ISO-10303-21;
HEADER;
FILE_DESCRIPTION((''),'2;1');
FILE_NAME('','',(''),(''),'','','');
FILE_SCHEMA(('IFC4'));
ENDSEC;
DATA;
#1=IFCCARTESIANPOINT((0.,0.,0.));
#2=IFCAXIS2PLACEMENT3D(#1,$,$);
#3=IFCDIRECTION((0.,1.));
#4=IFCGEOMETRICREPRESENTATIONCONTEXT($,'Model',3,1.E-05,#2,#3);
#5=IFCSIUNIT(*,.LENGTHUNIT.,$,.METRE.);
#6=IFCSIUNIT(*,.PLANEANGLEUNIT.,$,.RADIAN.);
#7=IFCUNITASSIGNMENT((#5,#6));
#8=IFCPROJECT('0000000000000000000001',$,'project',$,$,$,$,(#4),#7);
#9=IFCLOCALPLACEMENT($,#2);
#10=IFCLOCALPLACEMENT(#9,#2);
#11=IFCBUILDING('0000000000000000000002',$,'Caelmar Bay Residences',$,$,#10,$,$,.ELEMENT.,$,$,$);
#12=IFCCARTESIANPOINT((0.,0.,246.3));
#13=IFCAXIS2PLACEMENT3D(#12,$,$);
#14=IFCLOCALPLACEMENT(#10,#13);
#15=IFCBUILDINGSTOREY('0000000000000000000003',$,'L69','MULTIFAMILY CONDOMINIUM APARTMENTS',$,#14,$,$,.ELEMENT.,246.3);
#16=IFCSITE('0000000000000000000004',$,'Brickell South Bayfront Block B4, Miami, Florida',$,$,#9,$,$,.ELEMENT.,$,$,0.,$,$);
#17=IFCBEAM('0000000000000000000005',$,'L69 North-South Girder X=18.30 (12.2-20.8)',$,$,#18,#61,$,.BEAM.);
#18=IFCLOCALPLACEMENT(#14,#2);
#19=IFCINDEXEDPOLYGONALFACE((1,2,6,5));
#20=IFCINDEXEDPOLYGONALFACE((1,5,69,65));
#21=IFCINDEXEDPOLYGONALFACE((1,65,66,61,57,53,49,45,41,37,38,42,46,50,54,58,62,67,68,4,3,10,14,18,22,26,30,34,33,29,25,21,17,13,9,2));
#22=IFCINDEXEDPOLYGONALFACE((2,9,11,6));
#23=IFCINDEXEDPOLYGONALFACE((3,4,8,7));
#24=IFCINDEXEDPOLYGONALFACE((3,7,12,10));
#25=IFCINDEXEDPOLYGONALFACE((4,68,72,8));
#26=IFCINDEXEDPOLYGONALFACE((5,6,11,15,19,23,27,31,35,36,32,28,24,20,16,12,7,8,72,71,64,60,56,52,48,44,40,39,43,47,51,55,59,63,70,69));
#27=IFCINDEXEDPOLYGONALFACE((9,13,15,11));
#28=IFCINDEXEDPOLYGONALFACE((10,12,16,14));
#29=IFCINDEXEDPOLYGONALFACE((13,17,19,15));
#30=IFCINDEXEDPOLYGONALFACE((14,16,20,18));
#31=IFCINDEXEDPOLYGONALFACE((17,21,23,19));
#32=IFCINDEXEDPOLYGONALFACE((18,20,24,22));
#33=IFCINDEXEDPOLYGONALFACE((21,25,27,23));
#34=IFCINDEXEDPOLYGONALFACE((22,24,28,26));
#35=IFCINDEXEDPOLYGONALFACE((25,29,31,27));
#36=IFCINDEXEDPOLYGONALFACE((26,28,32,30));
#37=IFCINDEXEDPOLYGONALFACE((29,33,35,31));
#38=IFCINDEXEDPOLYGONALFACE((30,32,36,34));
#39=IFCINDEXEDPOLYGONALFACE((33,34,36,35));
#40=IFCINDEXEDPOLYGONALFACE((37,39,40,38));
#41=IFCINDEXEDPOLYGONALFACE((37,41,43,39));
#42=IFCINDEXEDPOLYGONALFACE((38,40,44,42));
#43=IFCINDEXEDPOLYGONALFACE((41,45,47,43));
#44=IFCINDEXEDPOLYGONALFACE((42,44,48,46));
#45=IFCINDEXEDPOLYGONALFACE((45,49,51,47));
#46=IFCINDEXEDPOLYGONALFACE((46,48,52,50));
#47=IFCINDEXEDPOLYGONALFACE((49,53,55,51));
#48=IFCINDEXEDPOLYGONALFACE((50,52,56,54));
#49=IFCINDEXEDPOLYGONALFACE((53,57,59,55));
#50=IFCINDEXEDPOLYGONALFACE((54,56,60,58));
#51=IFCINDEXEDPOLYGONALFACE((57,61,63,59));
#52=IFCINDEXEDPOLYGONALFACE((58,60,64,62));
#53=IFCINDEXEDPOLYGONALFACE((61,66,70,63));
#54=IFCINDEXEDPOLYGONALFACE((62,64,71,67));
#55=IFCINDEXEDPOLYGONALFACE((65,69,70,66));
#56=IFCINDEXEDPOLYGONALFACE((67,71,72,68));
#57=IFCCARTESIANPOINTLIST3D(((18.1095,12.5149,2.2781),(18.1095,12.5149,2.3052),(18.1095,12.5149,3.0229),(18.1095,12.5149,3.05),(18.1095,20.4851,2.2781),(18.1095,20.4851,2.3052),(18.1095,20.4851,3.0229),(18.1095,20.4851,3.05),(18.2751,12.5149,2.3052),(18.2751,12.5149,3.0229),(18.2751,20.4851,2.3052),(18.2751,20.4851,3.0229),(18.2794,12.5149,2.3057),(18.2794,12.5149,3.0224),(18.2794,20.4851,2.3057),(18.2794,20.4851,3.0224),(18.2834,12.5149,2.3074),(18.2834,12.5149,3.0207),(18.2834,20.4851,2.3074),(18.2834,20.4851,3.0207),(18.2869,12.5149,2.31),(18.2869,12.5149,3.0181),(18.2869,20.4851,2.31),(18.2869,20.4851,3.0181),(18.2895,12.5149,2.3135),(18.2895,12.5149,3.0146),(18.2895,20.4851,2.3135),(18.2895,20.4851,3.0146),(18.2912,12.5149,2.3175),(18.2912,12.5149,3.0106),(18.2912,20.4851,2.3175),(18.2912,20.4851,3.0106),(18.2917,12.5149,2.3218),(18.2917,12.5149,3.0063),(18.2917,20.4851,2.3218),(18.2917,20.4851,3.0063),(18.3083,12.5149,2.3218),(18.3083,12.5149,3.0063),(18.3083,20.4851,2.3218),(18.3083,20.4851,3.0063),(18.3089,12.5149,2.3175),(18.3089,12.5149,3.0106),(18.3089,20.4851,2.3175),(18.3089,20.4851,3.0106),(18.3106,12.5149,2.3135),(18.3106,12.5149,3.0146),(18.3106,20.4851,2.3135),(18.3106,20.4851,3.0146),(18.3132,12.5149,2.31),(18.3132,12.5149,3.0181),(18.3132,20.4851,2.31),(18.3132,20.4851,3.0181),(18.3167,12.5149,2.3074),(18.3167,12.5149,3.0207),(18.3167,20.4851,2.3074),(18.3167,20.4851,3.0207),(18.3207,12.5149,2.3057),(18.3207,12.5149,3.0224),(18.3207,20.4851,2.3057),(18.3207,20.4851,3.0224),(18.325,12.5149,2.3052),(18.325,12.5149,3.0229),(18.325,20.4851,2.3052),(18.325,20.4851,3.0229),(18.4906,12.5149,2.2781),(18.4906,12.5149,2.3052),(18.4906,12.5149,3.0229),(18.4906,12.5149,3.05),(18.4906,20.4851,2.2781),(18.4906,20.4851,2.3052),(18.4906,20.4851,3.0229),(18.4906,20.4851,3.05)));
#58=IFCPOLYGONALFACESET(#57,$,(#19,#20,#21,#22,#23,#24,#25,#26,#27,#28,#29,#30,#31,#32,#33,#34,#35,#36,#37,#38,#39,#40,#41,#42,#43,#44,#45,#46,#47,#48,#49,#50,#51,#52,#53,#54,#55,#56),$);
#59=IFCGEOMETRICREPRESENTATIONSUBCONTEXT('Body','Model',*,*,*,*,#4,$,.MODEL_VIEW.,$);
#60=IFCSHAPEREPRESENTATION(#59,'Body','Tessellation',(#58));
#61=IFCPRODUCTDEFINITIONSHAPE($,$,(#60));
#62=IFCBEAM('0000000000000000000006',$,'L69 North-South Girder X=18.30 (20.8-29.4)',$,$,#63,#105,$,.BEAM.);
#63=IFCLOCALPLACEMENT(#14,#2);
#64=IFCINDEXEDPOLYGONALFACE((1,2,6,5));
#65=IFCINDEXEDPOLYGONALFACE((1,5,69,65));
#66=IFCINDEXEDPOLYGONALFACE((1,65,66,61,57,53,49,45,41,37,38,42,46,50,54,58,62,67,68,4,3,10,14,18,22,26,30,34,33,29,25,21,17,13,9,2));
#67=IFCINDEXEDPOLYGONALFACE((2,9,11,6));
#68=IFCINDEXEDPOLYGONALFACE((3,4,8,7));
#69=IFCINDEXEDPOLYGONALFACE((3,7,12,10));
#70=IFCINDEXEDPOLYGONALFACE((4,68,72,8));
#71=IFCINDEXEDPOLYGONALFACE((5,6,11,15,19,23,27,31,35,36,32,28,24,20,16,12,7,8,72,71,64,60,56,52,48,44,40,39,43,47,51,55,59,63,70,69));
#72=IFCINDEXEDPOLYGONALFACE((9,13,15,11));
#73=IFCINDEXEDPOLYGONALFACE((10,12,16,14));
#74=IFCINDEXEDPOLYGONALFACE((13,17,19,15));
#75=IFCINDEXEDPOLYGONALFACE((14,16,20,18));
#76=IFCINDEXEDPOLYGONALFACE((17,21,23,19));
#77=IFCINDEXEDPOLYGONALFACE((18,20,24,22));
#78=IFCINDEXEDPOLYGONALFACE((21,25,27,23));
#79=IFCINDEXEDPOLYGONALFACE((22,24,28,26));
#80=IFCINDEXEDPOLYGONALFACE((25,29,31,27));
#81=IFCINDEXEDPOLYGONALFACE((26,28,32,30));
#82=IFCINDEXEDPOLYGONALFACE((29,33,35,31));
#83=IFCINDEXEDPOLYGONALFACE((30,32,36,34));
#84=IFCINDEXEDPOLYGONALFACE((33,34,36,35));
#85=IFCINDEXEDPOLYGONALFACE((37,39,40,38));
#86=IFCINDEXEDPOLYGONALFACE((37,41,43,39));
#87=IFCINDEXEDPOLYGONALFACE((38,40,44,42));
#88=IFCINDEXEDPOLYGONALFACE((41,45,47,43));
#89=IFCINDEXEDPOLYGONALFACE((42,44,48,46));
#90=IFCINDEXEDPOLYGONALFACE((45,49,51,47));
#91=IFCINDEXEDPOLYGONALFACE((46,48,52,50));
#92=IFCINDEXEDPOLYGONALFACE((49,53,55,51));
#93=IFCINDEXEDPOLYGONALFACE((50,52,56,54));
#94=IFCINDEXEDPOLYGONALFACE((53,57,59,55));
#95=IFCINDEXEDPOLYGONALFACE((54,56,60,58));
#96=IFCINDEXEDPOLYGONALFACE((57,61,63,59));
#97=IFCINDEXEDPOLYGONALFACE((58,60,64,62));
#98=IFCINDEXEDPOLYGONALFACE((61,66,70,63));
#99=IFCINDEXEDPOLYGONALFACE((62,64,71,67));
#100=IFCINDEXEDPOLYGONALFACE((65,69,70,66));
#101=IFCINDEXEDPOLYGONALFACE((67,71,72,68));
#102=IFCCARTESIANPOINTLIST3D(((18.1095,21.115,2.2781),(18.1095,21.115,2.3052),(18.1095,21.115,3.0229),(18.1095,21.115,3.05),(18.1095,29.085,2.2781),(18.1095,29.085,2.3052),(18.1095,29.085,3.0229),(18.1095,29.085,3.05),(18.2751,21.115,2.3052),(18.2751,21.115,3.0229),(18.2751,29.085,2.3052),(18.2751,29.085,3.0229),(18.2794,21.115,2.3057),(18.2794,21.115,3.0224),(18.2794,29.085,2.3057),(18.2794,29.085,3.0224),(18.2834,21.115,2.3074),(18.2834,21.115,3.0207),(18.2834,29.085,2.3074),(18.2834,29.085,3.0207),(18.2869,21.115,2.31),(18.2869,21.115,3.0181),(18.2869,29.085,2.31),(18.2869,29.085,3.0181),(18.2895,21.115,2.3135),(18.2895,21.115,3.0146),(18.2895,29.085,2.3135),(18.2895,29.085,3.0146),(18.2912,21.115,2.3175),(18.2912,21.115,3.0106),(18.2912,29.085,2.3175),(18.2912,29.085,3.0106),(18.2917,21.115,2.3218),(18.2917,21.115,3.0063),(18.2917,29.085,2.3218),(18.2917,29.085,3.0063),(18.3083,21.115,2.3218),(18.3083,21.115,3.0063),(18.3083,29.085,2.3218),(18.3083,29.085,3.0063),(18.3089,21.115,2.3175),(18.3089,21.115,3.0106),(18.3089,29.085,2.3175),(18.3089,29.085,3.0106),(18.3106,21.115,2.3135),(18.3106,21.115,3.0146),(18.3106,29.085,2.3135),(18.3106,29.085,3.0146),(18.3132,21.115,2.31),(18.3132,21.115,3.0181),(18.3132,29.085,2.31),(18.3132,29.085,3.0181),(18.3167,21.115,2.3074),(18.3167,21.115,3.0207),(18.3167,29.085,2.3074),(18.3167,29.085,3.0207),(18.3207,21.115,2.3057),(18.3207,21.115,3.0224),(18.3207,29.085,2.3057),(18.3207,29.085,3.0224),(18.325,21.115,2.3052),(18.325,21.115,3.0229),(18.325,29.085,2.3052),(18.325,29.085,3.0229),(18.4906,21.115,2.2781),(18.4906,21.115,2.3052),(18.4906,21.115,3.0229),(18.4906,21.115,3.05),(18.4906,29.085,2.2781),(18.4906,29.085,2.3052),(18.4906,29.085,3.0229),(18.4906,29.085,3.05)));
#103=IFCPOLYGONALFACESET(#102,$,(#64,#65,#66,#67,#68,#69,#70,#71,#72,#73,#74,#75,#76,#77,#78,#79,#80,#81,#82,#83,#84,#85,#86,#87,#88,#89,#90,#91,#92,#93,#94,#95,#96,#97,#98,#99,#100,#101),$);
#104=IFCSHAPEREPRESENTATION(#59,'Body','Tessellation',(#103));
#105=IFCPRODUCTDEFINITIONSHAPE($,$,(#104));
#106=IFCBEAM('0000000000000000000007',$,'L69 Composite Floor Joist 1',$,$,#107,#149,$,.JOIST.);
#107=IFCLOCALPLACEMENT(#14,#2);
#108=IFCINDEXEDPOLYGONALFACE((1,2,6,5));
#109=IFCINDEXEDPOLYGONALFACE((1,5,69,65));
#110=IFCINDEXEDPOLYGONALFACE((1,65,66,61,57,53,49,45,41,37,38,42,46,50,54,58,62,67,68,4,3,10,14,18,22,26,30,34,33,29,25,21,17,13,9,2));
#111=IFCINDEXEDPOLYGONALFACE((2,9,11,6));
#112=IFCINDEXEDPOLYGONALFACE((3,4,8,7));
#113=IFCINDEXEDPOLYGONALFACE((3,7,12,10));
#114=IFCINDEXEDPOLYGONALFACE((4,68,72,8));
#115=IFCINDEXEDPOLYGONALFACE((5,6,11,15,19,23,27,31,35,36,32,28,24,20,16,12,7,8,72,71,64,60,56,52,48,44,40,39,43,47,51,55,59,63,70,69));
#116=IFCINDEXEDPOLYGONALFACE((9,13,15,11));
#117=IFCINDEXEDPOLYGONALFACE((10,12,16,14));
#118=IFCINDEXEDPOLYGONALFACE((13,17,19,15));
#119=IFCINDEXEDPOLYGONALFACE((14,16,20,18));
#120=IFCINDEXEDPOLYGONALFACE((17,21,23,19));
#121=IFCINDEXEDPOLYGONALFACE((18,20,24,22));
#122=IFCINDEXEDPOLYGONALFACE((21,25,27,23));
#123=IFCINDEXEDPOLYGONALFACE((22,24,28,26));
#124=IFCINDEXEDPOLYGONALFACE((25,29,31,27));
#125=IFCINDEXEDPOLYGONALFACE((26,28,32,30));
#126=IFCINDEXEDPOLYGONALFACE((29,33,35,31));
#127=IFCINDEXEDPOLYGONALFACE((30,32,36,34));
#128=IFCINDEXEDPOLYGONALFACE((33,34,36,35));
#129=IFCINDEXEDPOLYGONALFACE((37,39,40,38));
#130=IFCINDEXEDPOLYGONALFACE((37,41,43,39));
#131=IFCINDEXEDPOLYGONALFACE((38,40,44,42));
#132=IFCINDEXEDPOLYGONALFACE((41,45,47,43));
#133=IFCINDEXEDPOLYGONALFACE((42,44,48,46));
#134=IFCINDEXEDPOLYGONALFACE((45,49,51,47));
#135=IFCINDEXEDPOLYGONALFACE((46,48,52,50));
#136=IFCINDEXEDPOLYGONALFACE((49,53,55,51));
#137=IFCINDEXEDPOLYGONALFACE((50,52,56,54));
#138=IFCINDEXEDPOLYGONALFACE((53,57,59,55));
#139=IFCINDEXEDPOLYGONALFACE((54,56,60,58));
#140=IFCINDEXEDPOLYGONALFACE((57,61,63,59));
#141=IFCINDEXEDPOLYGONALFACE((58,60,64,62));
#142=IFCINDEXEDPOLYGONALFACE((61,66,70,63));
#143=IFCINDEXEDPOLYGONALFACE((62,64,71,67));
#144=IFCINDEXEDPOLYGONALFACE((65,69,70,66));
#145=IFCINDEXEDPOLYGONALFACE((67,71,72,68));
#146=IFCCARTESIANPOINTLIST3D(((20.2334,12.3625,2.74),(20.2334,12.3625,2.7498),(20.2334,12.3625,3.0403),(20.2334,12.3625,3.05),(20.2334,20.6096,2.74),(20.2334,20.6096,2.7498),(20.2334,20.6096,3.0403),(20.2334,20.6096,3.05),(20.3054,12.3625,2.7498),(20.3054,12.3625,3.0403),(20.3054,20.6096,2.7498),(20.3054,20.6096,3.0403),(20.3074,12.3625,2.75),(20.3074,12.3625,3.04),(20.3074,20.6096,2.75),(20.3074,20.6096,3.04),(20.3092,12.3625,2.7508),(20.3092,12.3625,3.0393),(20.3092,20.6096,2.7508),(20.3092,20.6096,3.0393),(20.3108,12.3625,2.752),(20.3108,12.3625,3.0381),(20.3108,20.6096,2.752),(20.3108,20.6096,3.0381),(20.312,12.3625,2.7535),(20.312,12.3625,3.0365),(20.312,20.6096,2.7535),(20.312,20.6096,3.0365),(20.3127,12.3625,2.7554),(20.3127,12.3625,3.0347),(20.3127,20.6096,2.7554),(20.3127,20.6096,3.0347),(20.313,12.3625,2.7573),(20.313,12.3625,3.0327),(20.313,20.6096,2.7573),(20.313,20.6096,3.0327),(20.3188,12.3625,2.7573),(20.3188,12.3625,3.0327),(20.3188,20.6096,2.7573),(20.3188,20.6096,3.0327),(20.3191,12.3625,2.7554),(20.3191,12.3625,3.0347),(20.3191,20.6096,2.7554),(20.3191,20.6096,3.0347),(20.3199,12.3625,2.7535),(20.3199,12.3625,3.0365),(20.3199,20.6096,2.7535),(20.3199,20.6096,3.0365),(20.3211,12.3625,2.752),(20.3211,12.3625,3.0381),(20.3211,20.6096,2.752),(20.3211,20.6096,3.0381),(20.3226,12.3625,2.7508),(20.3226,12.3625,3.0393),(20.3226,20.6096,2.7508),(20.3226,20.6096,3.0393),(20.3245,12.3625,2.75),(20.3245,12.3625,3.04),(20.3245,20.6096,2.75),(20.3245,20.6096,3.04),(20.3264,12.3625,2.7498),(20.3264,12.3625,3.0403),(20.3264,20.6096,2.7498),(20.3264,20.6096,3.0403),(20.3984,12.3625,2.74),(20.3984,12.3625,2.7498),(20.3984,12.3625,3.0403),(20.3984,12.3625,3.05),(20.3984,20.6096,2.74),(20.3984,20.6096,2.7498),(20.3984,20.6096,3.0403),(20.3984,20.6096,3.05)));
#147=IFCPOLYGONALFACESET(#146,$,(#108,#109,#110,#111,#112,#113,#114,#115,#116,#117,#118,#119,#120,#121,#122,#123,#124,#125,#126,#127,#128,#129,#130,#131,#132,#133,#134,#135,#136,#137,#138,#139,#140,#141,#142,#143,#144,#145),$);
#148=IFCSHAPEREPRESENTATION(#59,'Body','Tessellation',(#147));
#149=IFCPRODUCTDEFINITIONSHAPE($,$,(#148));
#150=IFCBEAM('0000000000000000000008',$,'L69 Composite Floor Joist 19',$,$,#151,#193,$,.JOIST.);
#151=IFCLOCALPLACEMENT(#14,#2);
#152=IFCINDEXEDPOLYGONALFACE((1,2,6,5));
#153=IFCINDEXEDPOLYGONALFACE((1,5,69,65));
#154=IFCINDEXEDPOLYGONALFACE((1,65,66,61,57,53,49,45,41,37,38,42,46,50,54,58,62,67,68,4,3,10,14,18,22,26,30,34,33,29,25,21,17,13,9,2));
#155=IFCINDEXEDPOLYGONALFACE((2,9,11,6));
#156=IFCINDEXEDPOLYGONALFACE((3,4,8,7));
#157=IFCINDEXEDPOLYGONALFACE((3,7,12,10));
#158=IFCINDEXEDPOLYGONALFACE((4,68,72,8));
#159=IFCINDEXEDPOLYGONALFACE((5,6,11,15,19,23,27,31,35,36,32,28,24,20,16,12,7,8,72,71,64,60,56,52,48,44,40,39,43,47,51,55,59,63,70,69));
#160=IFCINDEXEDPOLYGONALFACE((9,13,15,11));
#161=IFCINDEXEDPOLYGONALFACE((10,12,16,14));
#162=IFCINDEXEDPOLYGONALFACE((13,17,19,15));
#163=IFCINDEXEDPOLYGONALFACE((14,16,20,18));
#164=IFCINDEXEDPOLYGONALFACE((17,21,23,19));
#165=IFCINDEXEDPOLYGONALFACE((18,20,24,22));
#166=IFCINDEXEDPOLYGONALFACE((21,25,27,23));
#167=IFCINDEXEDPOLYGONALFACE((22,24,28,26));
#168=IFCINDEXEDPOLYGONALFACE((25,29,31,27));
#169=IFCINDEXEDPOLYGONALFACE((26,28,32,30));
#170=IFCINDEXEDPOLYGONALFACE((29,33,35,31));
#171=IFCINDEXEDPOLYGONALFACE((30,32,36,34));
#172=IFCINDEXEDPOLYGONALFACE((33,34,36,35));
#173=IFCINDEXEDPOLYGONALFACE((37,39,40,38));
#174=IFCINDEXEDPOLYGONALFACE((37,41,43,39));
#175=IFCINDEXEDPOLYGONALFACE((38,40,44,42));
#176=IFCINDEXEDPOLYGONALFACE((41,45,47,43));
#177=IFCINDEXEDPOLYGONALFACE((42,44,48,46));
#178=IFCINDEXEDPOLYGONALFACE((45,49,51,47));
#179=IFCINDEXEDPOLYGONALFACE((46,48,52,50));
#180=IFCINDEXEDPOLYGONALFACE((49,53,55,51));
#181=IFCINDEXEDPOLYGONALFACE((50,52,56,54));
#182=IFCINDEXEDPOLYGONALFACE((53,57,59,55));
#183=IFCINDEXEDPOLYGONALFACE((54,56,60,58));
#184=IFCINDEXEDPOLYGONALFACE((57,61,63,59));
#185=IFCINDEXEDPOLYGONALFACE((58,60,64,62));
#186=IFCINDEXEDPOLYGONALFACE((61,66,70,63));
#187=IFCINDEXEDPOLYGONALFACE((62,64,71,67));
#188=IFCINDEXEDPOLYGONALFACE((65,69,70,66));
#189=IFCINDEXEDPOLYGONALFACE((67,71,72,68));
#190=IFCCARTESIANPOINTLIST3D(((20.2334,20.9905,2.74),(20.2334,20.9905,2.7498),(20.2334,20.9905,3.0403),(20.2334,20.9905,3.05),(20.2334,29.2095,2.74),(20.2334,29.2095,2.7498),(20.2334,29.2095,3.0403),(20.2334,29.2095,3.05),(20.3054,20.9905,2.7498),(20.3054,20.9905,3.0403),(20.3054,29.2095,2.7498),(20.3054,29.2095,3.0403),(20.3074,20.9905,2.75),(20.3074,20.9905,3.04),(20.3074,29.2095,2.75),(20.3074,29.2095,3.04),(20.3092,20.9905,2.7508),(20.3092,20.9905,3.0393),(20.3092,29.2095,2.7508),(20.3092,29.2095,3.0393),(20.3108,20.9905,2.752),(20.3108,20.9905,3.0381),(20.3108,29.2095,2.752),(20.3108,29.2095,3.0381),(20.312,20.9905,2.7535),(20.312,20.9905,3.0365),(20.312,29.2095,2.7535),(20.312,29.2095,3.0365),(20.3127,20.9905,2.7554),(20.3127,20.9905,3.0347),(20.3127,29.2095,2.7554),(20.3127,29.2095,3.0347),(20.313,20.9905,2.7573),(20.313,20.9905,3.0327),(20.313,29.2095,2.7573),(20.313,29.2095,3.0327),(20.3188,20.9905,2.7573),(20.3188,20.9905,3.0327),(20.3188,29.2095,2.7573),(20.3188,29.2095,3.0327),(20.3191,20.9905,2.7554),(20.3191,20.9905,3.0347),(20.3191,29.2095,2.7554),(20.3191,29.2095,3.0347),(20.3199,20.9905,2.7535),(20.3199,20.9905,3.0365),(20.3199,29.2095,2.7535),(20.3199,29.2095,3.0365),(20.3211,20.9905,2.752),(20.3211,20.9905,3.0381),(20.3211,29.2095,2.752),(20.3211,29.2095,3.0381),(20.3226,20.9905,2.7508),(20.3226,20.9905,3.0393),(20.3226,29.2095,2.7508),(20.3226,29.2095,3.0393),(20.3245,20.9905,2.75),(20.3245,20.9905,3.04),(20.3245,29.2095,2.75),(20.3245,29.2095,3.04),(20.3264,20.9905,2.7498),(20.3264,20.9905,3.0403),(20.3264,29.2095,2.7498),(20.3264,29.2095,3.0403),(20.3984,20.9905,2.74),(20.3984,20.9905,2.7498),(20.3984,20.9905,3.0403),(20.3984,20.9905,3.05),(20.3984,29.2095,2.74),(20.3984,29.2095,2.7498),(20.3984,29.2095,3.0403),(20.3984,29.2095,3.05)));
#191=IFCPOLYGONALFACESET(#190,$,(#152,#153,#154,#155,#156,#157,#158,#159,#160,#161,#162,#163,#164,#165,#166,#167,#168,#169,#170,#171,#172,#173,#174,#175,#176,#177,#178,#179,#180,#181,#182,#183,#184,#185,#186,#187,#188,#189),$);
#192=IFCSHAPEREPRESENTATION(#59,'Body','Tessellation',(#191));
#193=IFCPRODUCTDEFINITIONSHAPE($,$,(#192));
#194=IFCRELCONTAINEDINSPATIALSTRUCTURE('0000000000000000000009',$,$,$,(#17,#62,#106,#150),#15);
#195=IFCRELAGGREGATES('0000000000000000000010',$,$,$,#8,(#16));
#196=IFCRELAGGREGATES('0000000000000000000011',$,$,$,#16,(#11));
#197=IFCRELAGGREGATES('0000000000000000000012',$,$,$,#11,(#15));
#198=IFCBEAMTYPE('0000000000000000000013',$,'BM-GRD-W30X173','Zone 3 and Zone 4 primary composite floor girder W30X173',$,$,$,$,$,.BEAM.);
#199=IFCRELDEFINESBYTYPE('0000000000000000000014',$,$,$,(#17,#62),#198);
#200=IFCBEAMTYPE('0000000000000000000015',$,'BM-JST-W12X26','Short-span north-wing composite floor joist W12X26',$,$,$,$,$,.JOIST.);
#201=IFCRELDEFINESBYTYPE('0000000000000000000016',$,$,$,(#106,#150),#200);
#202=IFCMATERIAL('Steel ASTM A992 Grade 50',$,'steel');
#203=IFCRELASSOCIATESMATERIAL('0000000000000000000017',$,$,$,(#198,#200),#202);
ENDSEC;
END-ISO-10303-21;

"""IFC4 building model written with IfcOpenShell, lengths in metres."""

from ifc_helpers import new_model, si_unit, direction, frame, origin, origin_2d, place, context, subcontext, project, spatial, i_section, extrude, material, material_profile, profile_set, type_object, element, save


model = new_model("IFC4")

# Units and contexts
model_context = context("Model", 3, precision=1e-05, world=origin(), true_north=direction((0.0, 1.0)))
body_context = subcontext(model_context, "Body", "Model", "MODEL_VIEW")
ifc_project = project(units=[si_unit("LENGTHUNIT", "METRE"), si_unit("PLANEANGLEUNIT", "RADIAN")], contexts=[model_context])

# Site, building, storey
site_placement = place(None, origin())
site = spatial("IfcSite", under=ifc_project, at=site_placement, Name="Brickell South Bayfront Block B4, Miami, Florida", CompositionType="ELEMENT", RefElevation=0.0)
building_placement = place(site_placement, origin())
building = spatial("IfcBuilding", under=site, at=building_placement, Name="Caelmar Bay Residences", CompositionType="ELEMENT")
storey_placement = place(building_placement, frame((0.0, 0.0, 246.3)))
storey = spatial("IfcBuildingStorey", under=building, at=storey_placement, Name="L69", Description="MULTIFAMILY CONDOMINIUM APARTMENTS", CompositionType="ELEMENT", Elevation=246.3)

# Beams
ifc_material_1 = material(Name="Steel ASTM A992 Grade 50", Category="steel")
ifc_material_profile_1 = material_profile(ifc_material_1, i_section(OverallWidth=0.3811, OverallDepth=0.772, WebThickness=0.0166, FlangeThickness=0.0271, FilletRadius=0.0166, at=origin_2d()), Name="W30X173")
ifc_profile_set_1 = profile_set([ifc_material_profile_1], Name="Steel ASTM A992 Grade 50")
beam_type_1 = type_object("IfcBeamType", Name="BM-GRD-W30X173", Description="Zone 3 and Zone 4 primary composite floor girder W30X173", PredefinedType="BEAM", material=ifc_profile_set_1)
beam_1_placement = place(storey_placement, frame((18.3, 12.5149, 2.6641), z_axis=(0.0, 1.0, 0.0), x_axis=(-1.0, 0.0, 0.0)))
element("IfcBeam", 1, at=beam_1_placement, inside=storey, type_object=beam_type_1, Name="L69 North-South Girder X=18.30 (12.2-20.8)", PredefinedType="BEAM", context=body_context, shape_type="SweptSolid", body=[
    extrude(i_section(OverallWidth=0.3811, OverallDepth=0.772, WebThickness=0.0166, FlangeThickness=0.0271, FilletRadius=0.0166, at=origin_2d()), origin(), (0.0, 0.0, 1.0), 7.9702),
])
beam_2_placement = place(storey_placement, frame((18.3, 21.115, 2.6641), z_axis=(0.0, 1.0, 0.0), x_axis=(-1.0, 0.0, 0.0)))
element("IfcBeam", 2, at=beam_2_placement, inside=storey, type_object=beam_type_1, Name="L69 North-South Girder X=18.30 (20.8-29.4)", PredefinedType="BEAM", context=body_context, shape_type="SweptSolid", body=[
    extrude(i_section(OverallWidth=0.3811, OverallDepth=0.772, WebThickness=0.0166, FlangeThickness=0.0271, FilletRadius=0.0166, at=origin_2d()), origin(), (0.0, 0.0, 1.0), 7.97),
])
ifc_material_profile_2 = material_profile(ifc_material_1, i_section(OverallWidth=0.165, OverallDepth=0.3101, WebThickness=0.0059, FlangeThickness=0.0098, FilletRadius=0.0076, at=origin_2d()), Name="W12X26")
ifc_profile_set_2 = profile_set([ifc_material_profile_2], Name="Steel ASTM A992 Grade 50")
beam_type_2 = type_object("IfcBeamType", Name="BM-JST-W12X26", Description="Short-span north-wing composite floor joist W12X26", PredefinedType="JOIST", material=ifc_profile_set_2)
beam_3_placement = place(storey_placement, frame((20.3159, 12.3625, 2.895), z_axis=(0.0, 1.0, 0.0), x_axis=(-1.0, 0.0, 0.0)))
element("IfcBeam", 3, at=beam_3_placement, inside=storey, type_object=beam_type_2, Name="L69 Composite Floor Joist 1", PredefinedType="JOIST", context=body_context, shape_type="SweptSolid", body=[
    extrude(i_section(OverallWidth=0.165, OverallDepth=0.3101, WebThickness=0.0059, FlangeThickness=0.0098, FilletRadius=0.0076, at=origin_2d()), origin(), (0.0, 0.0, 1.0), 8.2471),
])
beam_4_placement = place(storey_placement, frame((20.3159, 20.9905, 2.895), z_axis=(0.0, 1.0, 0.0), x_axis=(-1.0, 0.0, 0.0)))
element("IfcBeam", 4, at=beam_4_placement, inside=storey, type_object=beam_type_2, Name="L69 Composite Floor Joist 19", PredefinedType="JOIST", context=body_context, shape_type="SweptSolid", body=[
    extrude(i_section(OverallWidth=0.165, OverallDepth=0.3101, WebThickness=0.0059, FlangeThickness=0.0098, FilletRadius=0.0076, at=origin_2d()), origin(), (0.0, 0.0, 1.0), 8.219),
])

save(model, "model.ifc")
